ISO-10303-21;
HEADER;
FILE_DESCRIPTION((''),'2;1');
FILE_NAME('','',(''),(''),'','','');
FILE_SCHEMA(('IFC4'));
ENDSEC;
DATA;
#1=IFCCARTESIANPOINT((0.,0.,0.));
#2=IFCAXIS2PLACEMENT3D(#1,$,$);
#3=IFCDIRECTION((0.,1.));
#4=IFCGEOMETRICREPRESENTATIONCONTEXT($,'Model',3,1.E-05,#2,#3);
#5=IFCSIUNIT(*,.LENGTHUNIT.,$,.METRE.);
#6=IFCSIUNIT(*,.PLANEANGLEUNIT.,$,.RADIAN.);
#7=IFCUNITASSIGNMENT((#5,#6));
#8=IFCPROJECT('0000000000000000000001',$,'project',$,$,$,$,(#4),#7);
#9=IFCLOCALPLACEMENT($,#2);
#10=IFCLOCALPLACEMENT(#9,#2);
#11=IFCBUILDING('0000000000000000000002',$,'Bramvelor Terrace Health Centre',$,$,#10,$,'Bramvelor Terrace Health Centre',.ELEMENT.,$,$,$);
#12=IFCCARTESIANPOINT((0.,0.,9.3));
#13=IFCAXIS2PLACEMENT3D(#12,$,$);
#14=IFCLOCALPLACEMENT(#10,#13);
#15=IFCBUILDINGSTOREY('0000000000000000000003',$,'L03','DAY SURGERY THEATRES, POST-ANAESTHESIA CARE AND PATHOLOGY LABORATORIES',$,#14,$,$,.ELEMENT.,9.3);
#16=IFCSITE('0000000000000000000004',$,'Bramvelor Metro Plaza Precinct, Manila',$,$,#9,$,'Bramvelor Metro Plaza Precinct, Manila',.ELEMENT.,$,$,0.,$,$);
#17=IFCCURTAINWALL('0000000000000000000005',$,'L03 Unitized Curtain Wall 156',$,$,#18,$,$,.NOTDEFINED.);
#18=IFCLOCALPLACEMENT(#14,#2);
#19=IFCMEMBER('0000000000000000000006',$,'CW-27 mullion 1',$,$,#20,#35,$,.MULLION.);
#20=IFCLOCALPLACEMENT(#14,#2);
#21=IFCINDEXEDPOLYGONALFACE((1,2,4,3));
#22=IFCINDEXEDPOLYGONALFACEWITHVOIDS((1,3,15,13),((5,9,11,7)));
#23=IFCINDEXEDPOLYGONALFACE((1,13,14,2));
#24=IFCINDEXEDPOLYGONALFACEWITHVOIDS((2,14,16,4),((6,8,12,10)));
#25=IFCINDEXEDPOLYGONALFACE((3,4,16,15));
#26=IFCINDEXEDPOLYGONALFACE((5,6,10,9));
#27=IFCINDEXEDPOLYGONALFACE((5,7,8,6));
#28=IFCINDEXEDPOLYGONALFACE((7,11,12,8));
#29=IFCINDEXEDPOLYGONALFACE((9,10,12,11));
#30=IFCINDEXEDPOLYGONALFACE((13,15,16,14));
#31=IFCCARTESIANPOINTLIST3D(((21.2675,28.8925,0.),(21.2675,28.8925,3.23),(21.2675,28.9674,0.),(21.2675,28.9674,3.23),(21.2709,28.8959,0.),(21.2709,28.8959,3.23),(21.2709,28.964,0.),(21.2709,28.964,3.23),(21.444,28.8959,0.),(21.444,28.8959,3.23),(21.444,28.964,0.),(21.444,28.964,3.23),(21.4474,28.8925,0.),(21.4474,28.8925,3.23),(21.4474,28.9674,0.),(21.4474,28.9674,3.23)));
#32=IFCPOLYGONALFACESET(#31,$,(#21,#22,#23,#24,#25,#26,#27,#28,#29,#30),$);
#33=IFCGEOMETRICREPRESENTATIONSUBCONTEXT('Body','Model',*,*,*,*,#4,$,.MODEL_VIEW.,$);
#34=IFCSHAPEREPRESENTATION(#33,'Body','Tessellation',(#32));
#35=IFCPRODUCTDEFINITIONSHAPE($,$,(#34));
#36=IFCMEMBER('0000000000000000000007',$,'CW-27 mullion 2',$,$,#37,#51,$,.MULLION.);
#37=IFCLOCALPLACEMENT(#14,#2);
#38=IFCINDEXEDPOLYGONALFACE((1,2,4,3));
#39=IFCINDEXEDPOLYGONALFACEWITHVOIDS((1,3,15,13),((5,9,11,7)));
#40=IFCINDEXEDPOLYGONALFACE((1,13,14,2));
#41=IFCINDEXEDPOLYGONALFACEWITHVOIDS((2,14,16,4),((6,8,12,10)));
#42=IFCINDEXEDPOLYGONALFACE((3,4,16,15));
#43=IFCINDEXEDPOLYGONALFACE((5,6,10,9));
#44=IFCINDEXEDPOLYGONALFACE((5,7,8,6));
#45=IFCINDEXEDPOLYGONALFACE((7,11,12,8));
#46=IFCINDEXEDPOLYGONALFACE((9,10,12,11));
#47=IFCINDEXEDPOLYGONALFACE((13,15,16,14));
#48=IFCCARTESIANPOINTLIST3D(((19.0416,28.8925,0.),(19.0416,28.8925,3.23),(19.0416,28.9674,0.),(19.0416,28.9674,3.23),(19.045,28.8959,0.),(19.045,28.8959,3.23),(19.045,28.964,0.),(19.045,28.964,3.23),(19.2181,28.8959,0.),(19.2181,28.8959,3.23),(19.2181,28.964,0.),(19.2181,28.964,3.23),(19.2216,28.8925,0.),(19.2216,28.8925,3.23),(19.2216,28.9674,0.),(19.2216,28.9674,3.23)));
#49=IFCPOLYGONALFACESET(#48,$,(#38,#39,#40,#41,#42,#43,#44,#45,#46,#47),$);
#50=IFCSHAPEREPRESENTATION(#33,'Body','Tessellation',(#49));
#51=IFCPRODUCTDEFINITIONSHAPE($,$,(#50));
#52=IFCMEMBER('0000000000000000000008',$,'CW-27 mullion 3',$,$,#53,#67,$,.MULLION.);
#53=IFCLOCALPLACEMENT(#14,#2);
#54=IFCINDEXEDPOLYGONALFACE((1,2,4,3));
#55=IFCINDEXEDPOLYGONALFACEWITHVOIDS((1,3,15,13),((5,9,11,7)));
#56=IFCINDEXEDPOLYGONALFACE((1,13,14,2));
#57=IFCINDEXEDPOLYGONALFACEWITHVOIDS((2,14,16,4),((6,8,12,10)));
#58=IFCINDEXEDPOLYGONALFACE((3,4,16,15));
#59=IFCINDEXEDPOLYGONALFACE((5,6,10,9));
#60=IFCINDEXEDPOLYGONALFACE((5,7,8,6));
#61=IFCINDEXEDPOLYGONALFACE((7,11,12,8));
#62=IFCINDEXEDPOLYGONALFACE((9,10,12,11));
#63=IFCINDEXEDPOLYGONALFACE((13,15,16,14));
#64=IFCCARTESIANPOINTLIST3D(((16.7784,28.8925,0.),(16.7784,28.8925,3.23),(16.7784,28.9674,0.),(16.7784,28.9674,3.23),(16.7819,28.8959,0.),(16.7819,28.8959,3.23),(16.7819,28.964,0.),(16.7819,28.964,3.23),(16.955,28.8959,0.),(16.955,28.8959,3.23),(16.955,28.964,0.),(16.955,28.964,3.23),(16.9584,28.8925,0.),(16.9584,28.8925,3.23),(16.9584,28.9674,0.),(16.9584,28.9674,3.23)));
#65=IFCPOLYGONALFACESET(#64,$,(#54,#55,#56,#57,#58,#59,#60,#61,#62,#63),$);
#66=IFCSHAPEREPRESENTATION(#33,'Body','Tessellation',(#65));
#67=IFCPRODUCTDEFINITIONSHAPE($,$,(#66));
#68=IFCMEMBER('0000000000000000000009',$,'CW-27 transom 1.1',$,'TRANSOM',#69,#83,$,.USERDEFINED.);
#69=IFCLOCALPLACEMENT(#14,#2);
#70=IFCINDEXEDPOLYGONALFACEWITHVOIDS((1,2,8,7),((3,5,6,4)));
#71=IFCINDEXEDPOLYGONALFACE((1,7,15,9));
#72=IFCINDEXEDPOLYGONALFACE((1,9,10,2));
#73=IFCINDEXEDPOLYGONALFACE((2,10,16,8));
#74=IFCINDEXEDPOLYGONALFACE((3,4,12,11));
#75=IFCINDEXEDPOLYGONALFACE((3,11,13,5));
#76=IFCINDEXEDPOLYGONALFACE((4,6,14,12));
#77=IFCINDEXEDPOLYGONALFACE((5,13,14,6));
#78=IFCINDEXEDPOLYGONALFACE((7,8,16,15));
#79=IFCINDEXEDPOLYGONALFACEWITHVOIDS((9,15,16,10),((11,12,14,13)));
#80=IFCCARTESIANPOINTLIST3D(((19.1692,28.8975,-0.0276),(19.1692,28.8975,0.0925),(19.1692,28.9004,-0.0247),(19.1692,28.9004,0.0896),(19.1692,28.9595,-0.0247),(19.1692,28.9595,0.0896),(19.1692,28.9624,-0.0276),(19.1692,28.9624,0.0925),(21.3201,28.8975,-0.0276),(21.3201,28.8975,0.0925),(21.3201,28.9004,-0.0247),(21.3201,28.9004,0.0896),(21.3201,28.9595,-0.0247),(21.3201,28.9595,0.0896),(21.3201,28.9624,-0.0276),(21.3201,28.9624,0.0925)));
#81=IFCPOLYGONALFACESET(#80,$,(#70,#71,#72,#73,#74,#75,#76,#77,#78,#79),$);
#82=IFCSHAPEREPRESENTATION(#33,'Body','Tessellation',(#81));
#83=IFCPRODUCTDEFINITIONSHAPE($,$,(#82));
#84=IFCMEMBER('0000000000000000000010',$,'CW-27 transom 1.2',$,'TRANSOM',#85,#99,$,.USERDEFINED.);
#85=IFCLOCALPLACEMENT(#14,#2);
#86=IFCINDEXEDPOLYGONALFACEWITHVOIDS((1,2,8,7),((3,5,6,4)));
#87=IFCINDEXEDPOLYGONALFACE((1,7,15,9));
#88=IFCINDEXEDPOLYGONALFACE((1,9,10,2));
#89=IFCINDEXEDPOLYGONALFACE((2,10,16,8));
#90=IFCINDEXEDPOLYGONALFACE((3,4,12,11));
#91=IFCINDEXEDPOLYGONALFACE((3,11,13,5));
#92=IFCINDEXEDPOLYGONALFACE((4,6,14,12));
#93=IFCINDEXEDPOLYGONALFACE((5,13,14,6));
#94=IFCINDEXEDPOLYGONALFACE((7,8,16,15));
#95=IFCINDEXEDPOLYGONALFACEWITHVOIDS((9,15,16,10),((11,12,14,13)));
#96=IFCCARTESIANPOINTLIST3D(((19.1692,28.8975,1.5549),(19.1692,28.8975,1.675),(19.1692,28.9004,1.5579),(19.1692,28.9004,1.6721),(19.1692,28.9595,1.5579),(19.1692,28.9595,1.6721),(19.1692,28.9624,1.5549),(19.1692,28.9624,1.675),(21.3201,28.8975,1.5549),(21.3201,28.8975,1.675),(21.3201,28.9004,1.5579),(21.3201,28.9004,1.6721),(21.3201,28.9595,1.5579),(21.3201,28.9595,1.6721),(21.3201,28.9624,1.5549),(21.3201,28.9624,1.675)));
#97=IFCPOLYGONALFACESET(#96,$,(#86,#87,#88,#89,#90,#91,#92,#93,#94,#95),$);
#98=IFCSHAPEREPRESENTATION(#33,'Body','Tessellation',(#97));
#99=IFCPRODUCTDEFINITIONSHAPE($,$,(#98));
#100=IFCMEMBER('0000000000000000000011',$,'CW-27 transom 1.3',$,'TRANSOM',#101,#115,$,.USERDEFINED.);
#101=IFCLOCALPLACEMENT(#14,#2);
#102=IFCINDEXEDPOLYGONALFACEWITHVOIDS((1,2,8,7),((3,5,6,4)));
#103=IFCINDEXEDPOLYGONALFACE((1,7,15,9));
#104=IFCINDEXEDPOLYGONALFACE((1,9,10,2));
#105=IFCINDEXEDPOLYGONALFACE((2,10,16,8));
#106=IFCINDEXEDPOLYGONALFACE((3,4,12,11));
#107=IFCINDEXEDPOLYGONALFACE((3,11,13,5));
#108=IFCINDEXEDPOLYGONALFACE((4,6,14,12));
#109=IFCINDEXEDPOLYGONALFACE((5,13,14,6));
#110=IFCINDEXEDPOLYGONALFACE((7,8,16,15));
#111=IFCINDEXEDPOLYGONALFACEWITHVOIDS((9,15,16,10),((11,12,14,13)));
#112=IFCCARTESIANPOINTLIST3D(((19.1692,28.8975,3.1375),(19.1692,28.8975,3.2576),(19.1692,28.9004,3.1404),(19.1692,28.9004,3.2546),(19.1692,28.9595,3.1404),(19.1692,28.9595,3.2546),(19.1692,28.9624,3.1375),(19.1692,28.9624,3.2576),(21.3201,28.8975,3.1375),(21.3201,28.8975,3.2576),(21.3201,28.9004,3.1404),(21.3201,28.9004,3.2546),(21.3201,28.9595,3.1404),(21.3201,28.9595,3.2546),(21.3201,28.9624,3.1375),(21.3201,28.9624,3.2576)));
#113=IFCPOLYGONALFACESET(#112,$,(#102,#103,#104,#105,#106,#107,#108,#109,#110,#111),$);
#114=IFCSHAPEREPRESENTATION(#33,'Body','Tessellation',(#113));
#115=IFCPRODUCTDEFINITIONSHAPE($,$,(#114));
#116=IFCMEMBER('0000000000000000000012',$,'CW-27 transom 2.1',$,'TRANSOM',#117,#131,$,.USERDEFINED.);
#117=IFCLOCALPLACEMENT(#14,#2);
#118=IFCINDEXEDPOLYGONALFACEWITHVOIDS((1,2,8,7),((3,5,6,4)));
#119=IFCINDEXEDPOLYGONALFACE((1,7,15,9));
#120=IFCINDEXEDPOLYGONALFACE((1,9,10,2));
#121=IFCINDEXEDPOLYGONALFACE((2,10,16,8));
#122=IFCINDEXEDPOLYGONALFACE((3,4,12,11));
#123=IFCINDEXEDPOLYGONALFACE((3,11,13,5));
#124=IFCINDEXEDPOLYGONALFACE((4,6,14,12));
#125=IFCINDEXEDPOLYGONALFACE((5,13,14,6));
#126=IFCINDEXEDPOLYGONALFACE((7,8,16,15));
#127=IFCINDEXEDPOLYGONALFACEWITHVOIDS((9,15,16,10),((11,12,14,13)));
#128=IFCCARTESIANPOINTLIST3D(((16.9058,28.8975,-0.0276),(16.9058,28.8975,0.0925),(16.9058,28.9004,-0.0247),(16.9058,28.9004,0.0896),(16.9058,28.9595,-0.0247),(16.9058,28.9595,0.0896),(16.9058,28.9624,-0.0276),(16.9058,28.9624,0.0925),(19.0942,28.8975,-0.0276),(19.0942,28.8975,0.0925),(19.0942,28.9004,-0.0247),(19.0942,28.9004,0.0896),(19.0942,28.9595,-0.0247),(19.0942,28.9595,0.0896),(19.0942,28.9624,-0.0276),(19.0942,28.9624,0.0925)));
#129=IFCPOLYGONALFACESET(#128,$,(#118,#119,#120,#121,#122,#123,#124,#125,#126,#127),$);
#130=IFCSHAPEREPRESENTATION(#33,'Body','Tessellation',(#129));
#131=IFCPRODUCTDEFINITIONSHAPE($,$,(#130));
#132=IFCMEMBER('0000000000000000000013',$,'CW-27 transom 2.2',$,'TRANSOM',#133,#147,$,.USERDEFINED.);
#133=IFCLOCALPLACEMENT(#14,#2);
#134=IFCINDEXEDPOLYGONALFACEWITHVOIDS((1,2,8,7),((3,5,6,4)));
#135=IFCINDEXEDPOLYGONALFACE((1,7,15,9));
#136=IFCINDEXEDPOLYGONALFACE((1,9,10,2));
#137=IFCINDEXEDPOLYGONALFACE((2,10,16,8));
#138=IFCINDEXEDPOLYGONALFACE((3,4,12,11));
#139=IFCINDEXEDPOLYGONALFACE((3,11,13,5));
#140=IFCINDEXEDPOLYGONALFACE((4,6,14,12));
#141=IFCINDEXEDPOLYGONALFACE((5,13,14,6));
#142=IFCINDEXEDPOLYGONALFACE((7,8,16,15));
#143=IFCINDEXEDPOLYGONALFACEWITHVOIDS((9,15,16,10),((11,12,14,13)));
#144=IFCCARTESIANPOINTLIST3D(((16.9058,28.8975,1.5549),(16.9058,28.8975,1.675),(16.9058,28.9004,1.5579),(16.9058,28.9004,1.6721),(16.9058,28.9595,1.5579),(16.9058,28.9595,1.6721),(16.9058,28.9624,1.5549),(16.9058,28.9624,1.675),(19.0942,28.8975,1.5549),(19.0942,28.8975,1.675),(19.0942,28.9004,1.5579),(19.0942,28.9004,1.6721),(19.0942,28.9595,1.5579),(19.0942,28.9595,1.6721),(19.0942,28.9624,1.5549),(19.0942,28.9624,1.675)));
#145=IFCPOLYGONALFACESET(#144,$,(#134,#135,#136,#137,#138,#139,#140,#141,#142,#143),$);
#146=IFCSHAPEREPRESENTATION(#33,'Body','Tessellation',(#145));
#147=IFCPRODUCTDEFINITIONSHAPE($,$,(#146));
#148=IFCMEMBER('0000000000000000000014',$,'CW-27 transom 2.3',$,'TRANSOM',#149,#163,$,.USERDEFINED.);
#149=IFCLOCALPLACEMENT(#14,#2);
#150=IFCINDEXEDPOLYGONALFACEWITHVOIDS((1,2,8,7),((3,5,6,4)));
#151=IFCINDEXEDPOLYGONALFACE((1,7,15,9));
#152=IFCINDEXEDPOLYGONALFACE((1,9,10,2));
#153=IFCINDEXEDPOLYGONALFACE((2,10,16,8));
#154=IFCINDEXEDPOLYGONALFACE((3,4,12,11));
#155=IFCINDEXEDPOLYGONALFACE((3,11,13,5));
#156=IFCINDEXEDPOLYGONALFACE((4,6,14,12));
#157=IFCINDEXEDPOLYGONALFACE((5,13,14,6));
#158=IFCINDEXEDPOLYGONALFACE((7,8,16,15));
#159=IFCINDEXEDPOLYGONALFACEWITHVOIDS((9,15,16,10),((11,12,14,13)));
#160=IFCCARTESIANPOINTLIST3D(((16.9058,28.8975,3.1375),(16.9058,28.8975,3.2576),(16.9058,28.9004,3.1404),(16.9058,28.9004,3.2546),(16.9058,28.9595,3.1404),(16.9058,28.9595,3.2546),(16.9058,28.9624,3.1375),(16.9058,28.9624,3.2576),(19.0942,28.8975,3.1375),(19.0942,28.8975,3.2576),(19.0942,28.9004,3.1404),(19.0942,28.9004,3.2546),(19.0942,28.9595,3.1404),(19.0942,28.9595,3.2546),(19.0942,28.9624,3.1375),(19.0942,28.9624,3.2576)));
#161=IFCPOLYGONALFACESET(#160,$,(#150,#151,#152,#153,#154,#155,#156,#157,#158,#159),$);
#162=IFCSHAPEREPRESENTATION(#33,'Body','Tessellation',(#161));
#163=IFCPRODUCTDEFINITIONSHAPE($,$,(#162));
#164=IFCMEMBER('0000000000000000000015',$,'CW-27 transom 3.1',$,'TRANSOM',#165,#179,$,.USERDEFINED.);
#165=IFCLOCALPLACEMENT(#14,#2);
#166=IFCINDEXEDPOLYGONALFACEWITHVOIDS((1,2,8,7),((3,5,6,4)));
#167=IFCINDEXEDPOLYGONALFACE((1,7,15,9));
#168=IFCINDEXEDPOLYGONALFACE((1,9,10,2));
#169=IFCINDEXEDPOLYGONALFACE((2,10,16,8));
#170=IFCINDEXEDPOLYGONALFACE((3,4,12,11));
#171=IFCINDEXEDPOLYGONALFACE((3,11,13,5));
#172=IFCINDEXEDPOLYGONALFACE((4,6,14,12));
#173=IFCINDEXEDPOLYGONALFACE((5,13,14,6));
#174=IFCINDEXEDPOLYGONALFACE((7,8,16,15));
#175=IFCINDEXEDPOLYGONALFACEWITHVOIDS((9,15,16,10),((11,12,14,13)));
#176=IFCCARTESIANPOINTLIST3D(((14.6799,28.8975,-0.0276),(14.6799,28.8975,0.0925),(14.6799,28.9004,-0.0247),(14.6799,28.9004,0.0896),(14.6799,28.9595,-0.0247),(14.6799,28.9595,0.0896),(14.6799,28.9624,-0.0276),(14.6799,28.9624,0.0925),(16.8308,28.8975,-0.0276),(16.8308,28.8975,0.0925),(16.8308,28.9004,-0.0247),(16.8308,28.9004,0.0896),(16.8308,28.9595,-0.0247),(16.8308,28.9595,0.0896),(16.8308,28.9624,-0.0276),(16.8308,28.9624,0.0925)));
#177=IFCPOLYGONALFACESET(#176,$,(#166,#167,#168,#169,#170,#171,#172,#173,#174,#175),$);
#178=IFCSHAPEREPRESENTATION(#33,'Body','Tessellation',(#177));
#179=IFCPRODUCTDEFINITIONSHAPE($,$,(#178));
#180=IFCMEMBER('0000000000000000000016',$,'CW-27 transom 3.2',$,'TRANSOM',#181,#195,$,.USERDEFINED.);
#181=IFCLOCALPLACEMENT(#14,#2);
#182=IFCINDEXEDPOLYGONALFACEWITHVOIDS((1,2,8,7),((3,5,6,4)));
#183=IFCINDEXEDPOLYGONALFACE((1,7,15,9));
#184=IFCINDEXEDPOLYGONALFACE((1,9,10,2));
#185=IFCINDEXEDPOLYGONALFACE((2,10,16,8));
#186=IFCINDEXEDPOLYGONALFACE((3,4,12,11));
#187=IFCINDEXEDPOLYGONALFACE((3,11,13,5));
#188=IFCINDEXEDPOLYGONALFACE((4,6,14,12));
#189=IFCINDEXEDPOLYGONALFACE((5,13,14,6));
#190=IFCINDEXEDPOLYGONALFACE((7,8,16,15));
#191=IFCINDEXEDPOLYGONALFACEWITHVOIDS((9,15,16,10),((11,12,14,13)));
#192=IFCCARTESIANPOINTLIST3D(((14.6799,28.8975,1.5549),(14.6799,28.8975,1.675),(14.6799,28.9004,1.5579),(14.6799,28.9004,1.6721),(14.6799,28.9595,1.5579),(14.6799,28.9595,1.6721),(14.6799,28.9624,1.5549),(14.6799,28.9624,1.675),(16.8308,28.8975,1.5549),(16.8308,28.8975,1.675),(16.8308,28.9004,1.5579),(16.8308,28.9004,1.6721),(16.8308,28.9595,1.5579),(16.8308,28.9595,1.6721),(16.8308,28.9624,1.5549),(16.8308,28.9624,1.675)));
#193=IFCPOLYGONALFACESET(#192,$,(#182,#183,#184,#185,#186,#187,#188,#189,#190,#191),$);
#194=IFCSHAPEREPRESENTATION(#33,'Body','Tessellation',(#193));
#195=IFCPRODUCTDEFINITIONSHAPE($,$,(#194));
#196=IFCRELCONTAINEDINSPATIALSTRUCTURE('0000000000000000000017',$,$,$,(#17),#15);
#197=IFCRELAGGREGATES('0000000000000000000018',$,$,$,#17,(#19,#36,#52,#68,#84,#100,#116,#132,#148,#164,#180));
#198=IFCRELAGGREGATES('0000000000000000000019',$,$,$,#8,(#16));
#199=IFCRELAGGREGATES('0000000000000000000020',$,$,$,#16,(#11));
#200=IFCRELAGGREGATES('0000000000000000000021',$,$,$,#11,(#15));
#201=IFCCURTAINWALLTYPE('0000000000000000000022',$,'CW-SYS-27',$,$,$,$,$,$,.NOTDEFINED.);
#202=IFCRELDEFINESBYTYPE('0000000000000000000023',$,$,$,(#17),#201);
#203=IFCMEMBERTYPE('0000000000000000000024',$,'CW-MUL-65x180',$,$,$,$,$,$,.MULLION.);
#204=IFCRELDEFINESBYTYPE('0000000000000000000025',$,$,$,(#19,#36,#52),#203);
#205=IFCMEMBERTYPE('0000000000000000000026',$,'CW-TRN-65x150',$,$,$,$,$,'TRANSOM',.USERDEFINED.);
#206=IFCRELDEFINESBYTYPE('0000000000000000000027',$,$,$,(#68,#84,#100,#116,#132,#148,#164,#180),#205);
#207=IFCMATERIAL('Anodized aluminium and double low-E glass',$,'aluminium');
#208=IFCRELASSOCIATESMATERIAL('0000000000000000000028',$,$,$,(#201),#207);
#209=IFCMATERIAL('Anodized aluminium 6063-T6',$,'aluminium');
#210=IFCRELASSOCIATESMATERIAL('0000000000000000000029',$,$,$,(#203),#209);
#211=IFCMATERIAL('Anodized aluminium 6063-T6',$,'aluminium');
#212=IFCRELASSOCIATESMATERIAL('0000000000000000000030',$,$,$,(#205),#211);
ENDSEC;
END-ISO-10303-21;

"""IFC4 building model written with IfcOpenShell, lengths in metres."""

from ifc_helpers import new_model, si_unit, direction, frame, origin, origin_2d, place, context, subcontext, project, spatial, hollow_rectangle, extrude, material, material_profile, profile_set, type_object, element, aggregate, save


model = new_model("IFC4")

# Units and contexts
model_context = context("Model", 3, precision=1e-05, world=origin(), true_north=direction((0.0, 1.0)))
body_context = subcontext(model_context, "Body", "Model", "MODEL_VIEW")
ifc_project = project(units=[si_unit("LENGTHUNIT", "METRE"), si_unit("PLANEANGLEUNIT", "RADIAN")], contexts=[model_context])

# Site, building, storey
site_placement = place(None, origin())
site = spatial("IfcSite", under=ifc_project, at=site_placement, Name="Bramvelor Metro Plaza Precinct, Manila", LongName="Bramvelor Metro Plaza Precinct, Manila", CompositionType="ELEMENT", RefElevation=0.0)
building_placement = place(site_placement, origin())
building = spatial("IfcBuilding", under=site, at=building_placement, Name="Bramvelor Terrace Health Centre", LongName="Bramvelor Terrace Health Centre", CompositionType="ELEMENT")
storey_placement = place(building_placement, frame((0.0, 0.0, 9.3)))
storey = spatial("IfcBuildingStorey", under=building, at=storey_placement, Name="L03", Description="DAY SURGERY THEATRES, POST-ANAESTHESIA CARE AND PATHOLOGY LABORATORIES", CompositionType="ELEMENT", Elevation=9.3)

# Curtain wall, members
ifc_material_1 = material(Name="Anodized aluminium and double low-E glass", Category="aluminium")
curtain_wall_type = type_object("IfcCurtainWallType", Name="CW-SYS-27", PredefinedType="NOTDEFINED", material=ifc_material_1)
curtain_wall_placement = place(storey_placement, origin())
curtain_wall = element("IfcCurtainWall", 1, at=curtain_wall_placement, inside=storey, type_object=curtain_wall_type, Name="L03 Unitized Curtain Wall 156", PredefinedType="NOTDEFINED")
ifc_material_2 = material(Name="Anodized aluminium 6063-T6", Category="aluminium")
ifc_material_profile_1 = material_profile(ifc_material_2, hollow_rectangle(XDim=0.075, YDim=0.1799, WallThickness=0.0034, at=origin_2d()), Name="ALU-MUL 75x180x3.5")
ifc_profile_set_1 = profile_set([ifc_material_profile_1], Name="Anodized aluminium 6063-T6")
member_type_1 = type_object("IfcMemberType", Name="CW-MUL-65x180", PredefinedType="MULLION", material=ifc_profile_set_1)
member_1_placement = place(storey_placement, frame((21.3574, 28.9299, 0.0), z_axis=(0.0, 0.0, 1.0), x_axis=(0.0, -1.0, 0.0)))
member_1 = element("IfcMember", 2, at=member_1_placement, type_object=member_type_1, Name="CW-27 mullion 1", PredefinedType="MULLION", context=body_context, shape_type="SweptSolid", body=[
    extrude(hollow_rectangle(XDim=0.075, YDim=0.1799, WallThickness=0.0034, at=origin_2d()), origin(), (0.0, 0.0, 1.0), 3.23),
])
member_2_placement = place(storey_placement, frame((19.1316, 28.9299, 0.0), z_axis=(0.0, 0.0, 1.0), x_axis=(0.0, -1.0, 0.0)))
member_2 = element("IfcMember", 3, at=member_2_placement, type_object=member_type_1, Name="CW-27 mullion 2", PredefinedType="MULLION", context=body_context, shape_type="SweptSolid", body=[
    extrude(hollow_rectangle(XDim=0.075, YDim=0.1799, WallThickness=0.0034, at=origin_2d()), origin(), (0.0, 0.0, 1.0), 3.23),
])
member_3_placement = place(storey_placement, frame((16.8684, 28.9299, 0.0), z_axis=(0.0, 0.0, 1.0), x_axis=(0.0, -1.0, 0.0)))
member_3 = element("IfcMember", 4, at=member_3_placement, type_object=member_type_1, Name="CW-27 mullion 3", PredefinedType="MULLION", context=body_context, shape_type="SweptSolid", body=[
    extrude(hollow_rectangle(XDim=0.075, YDim=0.1799, WallThickness=0.0034, at=origin_2d()), origin(), (0.0, 0.0, 1.0), 3.23),
])
ifc_material_3 = material(Name="Anodized aluminium 6063-T6", Category="aluminium")
ifc_material_profile_2 = material_profile(ifc_material_3, hollow_rectangle(XDim=0.0649, YDim=0.1201, WallThickness=0.0029, at=origin_2d()), Name="ALU-TRN 65x120x3.0")
ifc_profile_set_2 = profile_set([ifc_material_profile_2], Name="Anodized aluminium 6063-T6")
member_type_2 = type_object("IfcMemberType", Name="CW-TRN-65x150", ElementType="TRANSOM", PredefinedType="USERDEFINED", material=ifc_profile_set_2)
member_4_placement = place(storey_placement, frame((21.3201, 28.9299, 0.0325), z_axis=(-1.0, 0.0, 0.0), x_axis=(0.0, -1.0, 0.0)))
member_4 = element("IfcMember", 5, at=member_4_placement, type_object=member_type_2, Name="CW-27 transom 1.1", ObjectType="TRANSOM", PredefinedType="USERDEFINED", context=body_context, shape_type="SweptSolid", body=[
    extrude(hollow_rectangle(XDim=0.0649, YDim=0.1201, WallThickness=0.0029, at=origin_2d()), origin(), (0.0, 0.0, 1.0), 2.1509),
])
member_5_placement = place(storey_placement, frame((21.3201, 28.9299, 1.615), z_axis=(-1.0, 0.0, 0.0), x_axis=(0.0, -1.0, 0.0)))
member_5 = element("IfcMember", 6, at=member_5_placement, type_object=member_type_2, Name="CW-27 transom 1.2", ObjectType="TRANSOM", PredefinedType="USERDEFINED", context=body_context, shape_type="SweptSolid", body=[
    extrude(hollow_rectangle(XDim=0.0649, YDim=0.1201, WallThickness=0.0029, at=origin_2d()), origin(), (0.0, 0.0, 1.0), 2.1509),
])
member_6_placement = place(storey_placement, frame((21.3201, 28.9299, 3.1975), z_axis=(-1.0, 0.0, 0.0), x_axis=(0.0, -1.0, 0.0)))
member_6 = element("IfcMember", 7, at=member_6_placement, type_object=member_type_2, Name="CW-27 transom 1.3", ObjectType="TRANSOM", PredefinedType="USERDEFINED", context=body_context, shape_type="SweptSolid", body=[
    extrude(hollow_rectangle(XDim=0.0649, YDim=0.1201, WallThickness=0.0029, at=origin_2d()), origin(), (0.0, 0.0, 1.0), 2.1509),
])
member_7_placement = place(storey_placement, frame((19.0942, 28.9299, 0.0325), z_axis=(-1.0, 0.0, 0.0), x_axis=(0.0, -1.0, 0.0)))
member_7 = element("IfcMember", 8, at=member_7_placement, type_object=member_type_2, Name="CW-27 transom 2.1", ObjectType="TRANSOM", PredefinedType="USERDEFINED", context=body_context, shape_type="SweptSolid", body=[
    extrude(hollow_rectangle(XDim=0.0649, YDim=0.1201, WallThickness=0.0029, at=origin_2d()), origin(), (0.0, 0.0, 1.0), 2.1885),
])
member_8_placement = place(storey_placement, frame((19.0942, 28.9299, 1.615), z_axis=(-1.0, 0.0, 0.0), x_axis=(0.0, -1.0, 0.0)))
member_8 = element("IfcMember", 9, at=member_8_placement, type_object=member_type_2, Name="CW-27 transom 2.2", ObjectType="TRANSOM", PredefinedType="USERDEFINED", context=body_context, shape_type="SweptSolid", body=[
    extrude(hollow_rectangle(XDim=0.0649, YDim=0.1201, WallThickness=0.0029, at=origin_2d()), origin(), (0.0, 0.0, 1.0), 2.1885),
])
member_9_placement = place(storey_placement, frame((19.0942, 28.9299, 3.1975), z_axis=(-1.0, 0.0, 0.0), x_axis=(0.0, -1.0, 0.0)))
member_9 = element("IfcMember", 10, at=member_9_placement, type_object=member_type_2, Name="CW-27 transom 2.3", ObjectType="TRANSOM", PredefinedType="USERDEFINED", context=body_context, shape_type="SweptSolid", body=[
    extrude(hollow_rectangle(XDim=0.0649, YDim=0.1201, WallThickness=0.0029, at=origin_2d()), origin(), (0.0, 0.0, 1.0), 2.1885),
])
member_10_placement = place(storey_placement, frame((16.8308, 28.9299, 0.0325), z_axis=(-1.0, 0.0, 0.0), x_axis=(0.0, -1.0, 0.0)))
member_10 = element("IfcMember", 11, at=member_10_placement, type_object=member_type_2, Name="CW-27 transom 3.1", ObjectType="TRANSOM", PredefinedType="USERDEFINED", context=body_context, shape_type="SweptSolid", body=[
    extrude(hollow_rectangle(XDim=0.0649, YDim=0.1201, WallThickness=0.0029, at=origin_2d()), origin(), (0.0, 0.0, 1.0), 2.1509),
])
member_11_placement = place(storey_placement, frame((16.8308, 28.9299, 1.615), z_axis=(-1.0, 0.0, 0.0), x_axis=(0.0, -1.0, 0.0)))
member_11 = element("IfcMember", 12, at=member_11_placement, type_object=member_type_2, Name="CW-27 transom 3.2", ObjectType="TRANSOM", PredefinedType="USERDEFINED", context=body_context, shape_type="SweptSolid", body=[
    extrude(hollow_rectangle(XDim=0.0649, YDim=0.1201, WallThickness=0.0029, at=origin_2d()), origin(), (0.0, 0.0, 1.0), 2.1509),
])
aggregate(curtain_wall, [member_1, member_2, member_3, member_4, member_5, member_6, member_7, member_8, member_9, member_10, member_11])

save(model, "model.ifc")
